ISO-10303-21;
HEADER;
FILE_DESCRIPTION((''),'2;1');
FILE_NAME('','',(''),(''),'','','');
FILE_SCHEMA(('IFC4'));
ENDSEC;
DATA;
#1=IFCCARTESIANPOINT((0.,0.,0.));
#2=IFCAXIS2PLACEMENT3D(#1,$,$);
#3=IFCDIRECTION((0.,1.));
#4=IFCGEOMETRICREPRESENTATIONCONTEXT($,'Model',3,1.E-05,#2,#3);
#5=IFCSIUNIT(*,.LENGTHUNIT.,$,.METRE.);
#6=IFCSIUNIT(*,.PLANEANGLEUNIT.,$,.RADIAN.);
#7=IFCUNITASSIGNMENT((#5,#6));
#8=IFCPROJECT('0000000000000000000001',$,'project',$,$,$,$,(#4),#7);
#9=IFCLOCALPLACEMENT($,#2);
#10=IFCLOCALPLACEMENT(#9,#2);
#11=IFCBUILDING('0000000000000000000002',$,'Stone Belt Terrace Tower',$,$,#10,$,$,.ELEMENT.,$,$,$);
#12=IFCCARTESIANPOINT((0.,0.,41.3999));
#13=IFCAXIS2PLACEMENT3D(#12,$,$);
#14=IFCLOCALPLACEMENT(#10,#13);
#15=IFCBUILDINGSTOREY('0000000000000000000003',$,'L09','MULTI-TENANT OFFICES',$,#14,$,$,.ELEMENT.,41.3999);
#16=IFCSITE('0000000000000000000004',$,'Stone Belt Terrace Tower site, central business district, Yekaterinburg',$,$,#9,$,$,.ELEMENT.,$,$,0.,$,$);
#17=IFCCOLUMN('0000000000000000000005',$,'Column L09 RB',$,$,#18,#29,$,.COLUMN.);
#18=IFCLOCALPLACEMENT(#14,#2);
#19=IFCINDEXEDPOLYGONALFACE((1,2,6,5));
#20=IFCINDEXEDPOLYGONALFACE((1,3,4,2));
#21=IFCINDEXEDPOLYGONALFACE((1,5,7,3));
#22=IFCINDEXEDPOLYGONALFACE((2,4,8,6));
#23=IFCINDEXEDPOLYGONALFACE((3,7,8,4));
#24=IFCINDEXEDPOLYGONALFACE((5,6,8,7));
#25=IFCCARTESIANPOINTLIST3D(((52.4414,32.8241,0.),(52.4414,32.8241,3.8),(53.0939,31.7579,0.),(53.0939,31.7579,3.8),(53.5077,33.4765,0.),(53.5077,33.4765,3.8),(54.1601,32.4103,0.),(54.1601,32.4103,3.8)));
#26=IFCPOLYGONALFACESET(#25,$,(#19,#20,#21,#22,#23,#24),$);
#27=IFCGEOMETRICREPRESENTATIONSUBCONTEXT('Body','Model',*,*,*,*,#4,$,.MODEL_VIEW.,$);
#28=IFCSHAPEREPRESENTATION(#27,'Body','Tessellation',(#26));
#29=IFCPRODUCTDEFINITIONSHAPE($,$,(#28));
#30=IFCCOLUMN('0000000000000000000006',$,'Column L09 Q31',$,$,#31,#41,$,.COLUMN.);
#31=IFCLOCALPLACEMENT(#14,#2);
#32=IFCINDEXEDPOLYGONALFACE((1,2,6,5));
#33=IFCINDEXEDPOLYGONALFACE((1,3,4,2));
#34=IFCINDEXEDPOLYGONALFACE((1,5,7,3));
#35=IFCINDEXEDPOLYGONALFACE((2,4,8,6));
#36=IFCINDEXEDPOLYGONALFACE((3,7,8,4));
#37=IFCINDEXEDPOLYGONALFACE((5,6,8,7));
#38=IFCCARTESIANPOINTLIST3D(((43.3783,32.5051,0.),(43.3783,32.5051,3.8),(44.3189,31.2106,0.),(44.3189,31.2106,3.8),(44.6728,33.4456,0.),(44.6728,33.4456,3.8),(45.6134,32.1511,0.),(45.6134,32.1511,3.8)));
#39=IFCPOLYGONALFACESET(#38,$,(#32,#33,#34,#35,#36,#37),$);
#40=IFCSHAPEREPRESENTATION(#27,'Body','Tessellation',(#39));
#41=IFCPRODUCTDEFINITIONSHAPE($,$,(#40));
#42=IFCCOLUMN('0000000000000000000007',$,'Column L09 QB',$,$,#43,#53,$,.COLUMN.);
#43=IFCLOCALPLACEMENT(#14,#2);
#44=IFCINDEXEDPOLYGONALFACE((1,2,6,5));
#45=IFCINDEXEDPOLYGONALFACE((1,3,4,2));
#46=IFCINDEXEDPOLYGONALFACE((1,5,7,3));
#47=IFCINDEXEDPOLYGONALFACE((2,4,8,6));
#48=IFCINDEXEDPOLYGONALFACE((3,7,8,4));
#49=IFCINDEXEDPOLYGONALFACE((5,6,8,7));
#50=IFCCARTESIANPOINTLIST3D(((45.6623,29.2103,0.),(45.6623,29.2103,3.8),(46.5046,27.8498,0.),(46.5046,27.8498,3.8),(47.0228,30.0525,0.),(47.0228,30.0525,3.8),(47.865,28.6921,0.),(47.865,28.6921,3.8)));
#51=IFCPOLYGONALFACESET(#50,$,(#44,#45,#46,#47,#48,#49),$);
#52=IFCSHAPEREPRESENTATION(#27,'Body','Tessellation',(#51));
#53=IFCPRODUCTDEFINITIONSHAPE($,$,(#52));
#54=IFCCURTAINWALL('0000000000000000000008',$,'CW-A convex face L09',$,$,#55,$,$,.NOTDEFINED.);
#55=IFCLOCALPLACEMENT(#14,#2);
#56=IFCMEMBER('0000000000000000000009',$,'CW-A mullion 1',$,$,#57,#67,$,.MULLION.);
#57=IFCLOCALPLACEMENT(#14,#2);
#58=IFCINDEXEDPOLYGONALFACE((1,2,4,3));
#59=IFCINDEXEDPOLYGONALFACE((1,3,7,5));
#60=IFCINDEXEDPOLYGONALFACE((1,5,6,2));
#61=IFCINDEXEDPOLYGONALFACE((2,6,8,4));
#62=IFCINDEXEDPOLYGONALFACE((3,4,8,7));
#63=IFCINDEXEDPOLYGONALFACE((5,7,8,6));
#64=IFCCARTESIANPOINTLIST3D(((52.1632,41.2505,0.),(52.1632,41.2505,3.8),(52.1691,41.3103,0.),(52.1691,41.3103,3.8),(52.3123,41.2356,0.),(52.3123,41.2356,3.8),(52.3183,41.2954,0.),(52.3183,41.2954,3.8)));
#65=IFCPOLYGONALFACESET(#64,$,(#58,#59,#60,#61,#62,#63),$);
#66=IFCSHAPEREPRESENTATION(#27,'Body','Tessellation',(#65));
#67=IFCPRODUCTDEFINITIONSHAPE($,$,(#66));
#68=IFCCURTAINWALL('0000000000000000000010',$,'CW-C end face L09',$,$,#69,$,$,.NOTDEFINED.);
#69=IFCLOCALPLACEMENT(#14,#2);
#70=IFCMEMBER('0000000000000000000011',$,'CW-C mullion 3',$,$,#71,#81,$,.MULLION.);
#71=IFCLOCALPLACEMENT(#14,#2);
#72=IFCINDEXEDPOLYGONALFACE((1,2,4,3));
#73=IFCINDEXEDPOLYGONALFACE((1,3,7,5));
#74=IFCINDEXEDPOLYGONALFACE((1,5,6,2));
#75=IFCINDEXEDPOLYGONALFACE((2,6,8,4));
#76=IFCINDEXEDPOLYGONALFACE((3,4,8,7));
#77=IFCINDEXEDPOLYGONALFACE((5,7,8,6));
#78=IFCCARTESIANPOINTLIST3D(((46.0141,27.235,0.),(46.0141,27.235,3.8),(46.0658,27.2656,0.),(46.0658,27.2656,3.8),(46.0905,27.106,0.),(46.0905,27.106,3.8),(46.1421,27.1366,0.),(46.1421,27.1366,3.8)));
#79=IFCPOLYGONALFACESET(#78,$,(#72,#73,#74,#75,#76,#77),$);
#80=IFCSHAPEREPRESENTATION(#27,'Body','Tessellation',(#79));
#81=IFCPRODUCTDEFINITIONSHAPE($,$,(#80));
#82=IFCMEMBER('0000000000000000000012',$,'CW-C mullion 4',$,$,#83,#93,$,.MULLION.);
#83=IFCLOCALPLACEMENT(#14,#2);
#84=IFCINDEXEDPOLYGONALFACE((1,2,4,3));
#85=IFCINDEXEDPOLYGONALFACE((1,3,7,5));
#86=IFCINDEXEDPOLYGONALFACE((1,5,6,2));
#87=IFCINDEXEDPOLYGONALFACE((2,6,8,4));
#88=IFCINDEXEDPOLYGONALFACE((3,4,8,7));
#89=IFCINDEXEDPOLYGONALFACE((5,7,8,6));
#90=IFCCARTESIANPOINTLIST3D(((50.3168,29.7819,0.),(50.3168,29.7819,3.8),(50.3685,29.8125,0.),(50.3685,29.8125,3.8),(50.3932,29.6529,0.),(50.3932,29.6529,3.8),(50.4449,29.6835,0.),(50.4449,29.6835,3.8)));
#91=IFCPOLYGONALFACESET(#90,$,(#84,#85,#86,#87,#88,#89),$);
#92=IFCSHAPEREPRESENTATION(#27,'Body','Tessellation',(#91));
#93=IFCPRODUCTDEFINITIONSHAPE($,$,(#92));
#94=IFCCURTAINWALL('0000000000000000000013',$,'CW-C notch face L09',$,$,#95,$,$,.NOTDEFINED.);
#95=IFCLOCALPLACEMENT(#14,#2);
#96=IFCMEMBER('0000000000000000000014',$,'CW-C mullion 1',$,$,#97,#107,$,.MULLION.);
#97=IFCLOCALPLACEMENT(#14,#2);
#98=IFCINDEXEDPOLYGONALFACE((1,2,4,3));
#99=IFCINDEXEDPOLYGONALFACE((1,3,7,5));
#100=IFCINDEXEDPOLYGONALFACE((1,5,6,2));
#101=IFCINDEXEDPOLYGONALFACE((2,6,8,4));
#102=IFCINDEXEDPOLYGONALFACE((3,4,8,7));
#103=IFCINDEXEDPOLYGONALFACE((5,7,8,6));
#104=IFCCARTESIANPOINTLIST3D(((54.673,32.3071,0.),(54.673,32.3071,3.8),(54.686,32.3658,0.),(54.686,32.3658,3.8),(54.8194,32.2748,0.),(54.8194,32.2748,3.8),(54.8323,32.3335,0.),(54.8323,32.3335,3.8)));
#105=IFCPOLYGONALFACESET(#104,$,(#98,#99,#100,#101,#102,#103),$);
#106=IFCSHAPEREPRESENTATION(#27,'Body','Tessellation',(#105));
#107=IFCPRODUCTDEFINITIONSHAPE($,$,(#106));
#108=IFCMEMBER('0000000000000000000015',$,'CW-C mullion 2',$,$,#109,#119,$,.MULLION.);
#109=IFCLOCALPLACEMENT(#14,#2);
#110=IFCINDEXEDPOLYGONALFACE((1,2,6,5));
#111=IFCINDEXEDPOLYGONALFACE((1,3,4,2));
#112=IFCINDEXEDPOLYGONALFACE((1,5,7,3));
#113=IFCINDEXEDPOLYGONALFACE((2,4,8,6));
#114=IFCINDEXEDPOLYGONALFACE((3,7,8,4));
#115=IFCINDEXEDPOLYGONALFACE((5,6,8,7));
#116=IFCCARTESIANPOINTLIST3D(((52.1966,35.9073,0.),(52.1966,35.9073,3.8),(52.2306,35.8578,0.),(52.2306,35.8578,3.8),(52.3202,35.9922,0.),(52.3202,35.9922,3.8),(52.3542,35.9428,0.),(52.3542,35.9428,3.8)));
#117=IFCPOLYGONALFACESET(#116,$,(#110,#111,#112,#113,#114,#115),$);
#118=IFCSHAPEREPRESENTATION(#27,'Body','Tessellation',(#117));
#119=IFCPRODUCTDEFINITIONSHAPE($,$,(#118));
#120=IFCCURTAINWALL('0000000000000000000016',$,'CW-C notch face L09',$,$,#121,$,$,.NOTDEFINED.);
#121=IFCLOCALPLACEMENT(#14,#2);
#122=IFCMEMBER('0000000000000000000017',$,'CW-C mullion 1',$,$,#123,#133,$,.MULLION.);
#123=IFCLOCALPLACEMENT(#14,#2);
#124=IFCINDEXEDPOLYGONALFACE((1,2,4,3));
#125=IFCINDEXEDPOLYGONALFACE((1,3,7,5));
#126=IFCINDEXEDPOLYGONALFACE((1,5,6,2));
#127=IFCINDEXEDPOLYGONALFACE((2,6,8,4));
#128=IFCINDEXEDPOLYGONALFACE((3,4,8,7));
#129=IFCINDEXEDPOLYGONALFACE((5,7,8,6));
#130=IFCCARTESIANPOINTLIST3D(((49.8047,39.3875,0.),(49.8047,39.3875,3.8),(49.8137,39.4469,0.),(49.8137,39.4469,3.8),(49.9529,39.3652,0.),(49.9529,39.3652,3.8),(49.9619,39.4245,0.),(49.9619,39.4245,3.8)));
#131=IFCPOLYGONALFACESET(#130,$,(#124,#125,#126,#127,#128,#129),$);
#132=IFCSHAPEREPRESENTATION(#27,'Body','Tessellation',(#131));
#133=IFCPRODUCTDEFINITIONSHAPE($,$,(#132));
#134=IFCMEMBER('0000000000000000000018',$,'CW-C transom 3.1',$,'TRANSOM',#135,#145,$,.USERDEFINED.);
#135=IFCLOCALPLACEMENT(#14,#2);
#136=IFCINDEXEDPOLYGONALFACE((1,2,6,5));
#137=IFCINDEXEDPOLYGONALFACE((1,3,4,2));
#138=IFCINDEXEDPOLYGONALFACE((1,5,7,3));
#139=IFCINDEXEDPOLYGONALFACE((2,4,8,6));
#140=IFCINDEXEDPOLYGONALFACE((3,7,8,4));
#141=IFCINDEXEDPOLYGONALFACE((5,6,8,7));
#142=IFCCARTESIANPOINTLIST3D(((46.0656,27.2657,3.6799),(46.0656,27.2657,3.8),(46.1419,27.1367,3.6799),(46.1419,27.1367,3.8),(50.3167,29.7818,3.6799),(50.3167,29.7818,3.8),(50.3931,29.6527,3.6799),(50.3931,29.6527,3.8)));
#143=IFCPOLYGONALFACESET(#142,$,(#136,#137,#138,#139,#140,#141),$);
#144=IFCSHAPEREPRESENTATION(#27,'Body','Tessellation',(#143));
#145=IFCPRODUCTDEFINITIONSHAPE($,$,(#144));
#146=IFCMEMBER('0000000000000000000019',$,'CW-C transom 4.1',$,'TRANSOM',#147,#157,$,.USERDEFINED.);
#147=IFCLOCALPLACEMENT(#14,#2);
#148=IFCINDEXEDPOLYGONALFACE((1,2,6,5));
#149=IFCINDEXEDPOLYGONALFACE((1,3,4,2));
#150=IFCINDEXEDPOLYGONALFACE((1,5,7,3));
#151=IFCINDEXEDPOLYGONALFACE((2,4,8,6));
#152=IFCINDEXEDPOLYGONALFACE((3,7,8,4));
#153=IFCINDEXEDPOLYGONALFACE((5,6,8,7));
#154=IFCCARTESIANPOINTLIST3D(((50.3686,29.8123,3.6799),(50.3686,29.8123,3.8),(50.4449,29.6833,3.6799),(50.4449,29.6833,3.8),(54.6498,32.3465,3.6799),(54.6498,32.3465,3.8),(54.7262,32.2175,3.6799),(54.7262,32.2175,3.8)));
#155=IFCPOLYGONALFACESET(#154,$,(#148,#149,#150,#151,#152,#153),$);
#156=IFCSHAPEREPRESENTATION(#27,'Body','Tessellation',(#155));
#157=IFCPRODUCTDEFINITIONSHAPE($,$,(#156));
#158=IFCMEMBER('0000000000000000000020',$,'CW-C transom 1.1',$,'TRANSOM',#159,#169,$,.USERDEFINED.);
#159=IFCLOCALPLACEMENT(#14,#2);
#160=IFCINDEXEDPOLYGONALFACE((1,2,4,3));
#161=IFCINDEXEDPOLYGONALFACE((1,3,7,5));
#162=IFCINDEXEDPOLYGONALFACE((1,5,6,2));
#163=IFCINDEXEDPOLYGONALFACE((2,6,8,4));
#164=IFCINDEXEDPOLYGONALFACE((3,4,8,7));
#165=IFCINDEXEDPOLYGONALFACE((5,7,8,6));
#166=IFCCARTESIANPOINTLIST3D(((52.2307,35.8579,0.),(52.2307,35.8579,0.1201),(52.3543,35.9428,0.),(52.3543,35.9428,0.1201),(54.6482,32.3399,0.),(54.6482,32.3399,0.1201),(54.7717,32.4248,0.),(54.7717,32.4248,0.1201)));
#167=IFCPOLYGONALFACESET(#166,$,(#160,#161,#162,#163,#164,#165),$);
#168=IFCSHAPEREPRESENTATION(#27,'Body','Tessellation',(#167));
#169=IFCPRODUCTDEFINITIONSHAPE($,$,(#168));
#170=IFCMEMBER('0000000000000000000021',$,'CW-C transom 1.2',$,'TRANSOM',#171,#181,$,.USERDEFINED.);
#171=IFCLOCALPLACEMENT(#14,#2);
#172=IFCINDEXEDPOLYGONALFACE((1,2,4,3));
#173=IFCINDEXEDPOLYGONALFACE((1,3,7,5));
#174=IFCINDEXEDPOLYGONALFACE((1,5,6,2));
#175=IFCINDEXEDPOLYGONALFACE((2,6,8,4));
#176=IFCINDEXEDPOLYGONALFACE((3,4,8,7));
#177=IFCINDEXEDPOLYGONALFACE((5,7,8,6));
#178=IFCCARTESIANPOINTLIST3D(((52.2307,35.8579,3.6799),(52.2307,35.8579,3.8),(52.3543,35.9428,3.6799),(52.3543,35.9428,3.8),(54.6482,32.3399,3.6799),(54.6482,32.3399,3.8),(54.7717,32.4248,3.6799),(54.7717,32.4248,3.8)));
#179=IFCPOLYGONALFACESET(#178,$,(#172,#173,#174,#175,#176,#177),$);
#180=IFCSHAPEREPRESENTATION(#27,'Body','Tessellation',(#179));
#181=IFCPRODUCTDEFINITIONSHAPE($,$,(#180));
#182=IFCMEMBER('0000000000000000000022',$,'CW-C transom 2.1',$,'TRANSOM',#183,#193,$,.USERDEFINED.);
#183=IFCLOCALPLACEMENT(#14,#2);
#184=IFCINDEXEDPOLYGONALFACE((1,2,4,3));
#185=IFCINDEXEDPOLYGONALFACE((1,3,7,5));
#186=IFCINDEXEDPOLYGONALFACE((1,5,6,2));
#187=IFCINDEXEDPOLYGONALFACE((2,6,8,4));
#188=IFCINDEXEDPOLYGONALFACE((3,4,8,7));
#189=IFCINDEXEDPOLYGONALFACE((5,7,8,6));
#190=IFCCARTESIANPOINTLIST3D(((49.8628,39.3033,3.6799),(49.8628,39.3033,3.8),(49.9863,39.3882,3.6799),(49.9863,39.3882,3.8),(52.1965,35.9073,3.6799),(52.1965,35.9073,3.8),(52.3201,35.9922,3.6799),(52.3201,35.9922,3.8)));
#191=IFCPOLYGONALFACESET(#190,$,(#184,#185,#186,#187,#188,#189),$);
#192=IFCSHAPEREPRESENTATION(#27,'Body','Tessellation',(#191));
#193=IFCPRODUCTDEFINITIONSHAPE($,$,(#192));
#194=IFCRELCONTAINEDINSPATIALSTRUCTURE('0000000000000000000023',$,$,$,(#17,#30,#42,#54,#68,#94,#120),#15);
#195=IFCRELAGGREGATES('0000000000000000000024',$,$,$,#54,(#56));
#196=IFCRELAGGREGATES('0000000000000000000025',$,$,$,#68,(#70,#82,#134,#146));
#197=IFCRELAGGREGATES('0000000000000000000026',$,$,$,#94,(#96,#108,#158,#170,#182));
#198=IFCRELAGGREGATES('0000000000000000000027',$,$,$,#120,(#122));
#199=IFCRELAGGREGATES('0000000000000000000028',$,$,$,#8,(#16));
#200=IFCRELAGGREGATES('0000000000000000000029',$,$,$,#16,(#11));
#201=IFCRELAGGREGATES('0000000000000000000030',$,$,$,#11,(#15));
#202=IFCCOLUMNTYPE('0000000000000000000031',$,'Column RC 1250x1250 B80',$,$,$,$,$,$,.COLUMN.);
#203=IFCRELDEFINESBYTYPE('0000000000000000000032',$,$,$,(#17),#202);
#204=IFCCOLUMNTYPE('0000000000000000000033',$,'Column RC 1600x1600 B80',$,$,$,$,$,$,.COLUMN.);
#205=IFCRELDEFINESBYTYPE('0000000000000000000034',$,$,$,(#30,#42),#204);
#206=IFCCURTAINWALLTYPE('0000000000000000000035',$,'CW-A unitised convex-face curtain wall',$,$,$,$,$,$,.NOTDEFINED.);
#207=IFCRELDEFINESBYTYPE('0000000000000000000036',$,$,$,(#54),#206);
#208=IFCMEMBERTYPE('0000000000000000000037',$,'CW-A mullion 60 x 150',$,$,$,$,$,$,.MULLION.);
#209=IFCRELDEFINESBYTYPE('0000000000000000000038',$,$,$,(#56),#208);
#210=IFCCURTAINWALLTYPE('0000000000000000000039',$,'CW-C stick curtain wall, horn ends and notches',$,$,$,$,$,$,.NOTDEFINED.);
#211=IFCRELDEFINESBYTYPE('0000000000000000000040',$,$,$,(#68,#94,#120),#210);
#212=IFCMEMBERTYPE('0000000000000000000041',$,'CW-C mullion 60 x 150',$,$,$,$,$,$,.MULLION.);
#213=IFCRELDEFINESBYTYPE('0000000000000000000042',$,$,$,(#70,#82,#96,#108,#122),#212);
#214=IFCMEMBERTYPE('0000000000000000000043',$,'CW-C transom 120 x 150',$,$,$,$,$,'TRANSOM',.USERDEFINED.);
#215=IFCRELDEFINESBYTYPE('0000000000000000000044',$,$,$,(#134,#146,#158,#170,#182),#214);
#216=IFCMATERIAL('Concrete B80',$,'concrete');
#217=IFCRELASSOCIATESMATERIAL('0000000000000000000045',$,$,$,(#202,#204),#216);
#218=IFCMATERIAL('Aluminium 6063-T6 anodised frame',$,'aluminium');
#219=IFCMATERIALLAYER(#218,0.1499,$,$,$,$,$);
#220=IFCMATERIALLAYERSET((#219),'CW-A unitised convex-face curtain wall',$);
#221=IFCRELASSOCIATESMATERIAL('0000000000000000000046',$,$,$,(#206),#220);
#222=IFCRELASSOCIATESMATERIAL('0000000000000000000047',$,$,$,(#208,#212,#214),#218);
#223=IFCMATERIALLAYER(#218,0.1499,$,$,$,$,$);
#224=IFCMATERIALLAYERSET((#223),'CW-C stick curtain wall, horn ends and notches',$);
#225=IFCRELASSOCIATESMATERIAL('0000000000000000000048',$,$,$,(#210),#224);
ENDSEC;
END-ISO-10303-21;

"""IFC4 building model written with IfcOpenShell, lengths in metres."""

from ifc_helpers import new_model, si_unit, direction, frame, origin, origin_2d, place, context, subcontext, project, spatial, rectangle, extrude, material, layer, layer_set, material_profile, profile_set, type_object, element, aggregate, save


model = new_model("IFC4")

# Units and contexts
model_context = context("Model", 3, precision=1e-05, world=origin(), true_north=direction((0.0, 1.0)))
body_context = subcontext(model_context, "Body", "Model", "MODEL_VIEW")
ifc_project = project(units=[si_unit("LENGTHUNIT", "METRE"), si_unit("PLANEANGLEUNIT", "RADIAN")], contexts=[model_context])

# Site, building, storey
site_placement = place(None, origin())
site = spatial("IfcSite", under=ifc_project, at=site_placement, Name="Stone Belt Terrace Tower site, central business district, Yekaterinburg", CompositionType="ELEMENT", RefElevation=0.0)
building_placement = place(site_placement, origin())
building = spatial("IfcBuilding", under=site, at=building_placement, Name="Stone Belt Terrace Tower", CompositionType="ELEMENT")
storey_placement = place(building_placement, frame((0.0, 0.0, 41.3999)))
storey = spatial("IfcBuildingStorey", under=building, at=storey_placement, Name="L09", Description="MULTI-TENANT OFFICES", CompositionType="ELEMENT", Elevation=41.3999)

# Columns
ifc_material_1 = material(Name="Concrete B80", Category="concrete")
ifc_material_profile_1 = material_profile(ifc_material_1, rectangle(XDim=1.25, YDim=1.25, at=origin_2d()), Name="RC 1250x1250")
ifc_profile_set_1 = profile_set([ifc_material_profile_1], Name="Concrete B80")
column_type_1 = type_object("IfcColumnType", Name="Column RC 1250x1250 B80", PredefinedType="COLUMN", material=ifc_profile_set_1)
column_placement = place(storey_placement, frame((53.3008, 32.6172, 0.0), z_axis=(0.0, 0.0, 1.0), x_axis=(0.521967, -0.852966, 0.0)))
element("IfcColumn", 1, at=column_placement, inside=storey, type_object=column_type_1, Name="Column L09 RB", PredefinedType="COLUMN", context=body_context, shape_type="SweptSolid", body=[
    extrude(rectangle(XDim=1.25, YDim=1.25, at=origin_2d()), origin(), (0.0, 0.0, 1.0), 3.8),
])
ifc_material_profile_2 = material_profile(ifc_material_1, rectangle(XDim=1.6001, YDim=1.6001, at=origin_2d()), Name="RC 1600x1600")
ifc_profile_set_2 = profile_set([ifc_material_profile_2], Name="Concrete B80")
column_type_2 = type_object("IfcColumnType", Name="Column RC 1600x1600 B80", PredefinedType="COLUMN", material=ifc_profile_set_2)
for number, where, z_axis, x_axis, name in (
    (2, (44.4958, 32.3281, 0.0), (0.0, 0.0, 1.0), (0.587785, -0.809017, 0.0), "Column L09 Q31"),
    (3, (46.7637, 28.9512, 0.0), (0.0, 0.0, 1.0), (0.526383, -0.850248, 0.0), "Column L09 QB"),
):
    element("IfcColumn", number, at=place(storey_placement, frame(where, z_axis=z_axis, x_axis=x_axis)), inside=storey, type_object=column_type_2, Name=name, PredefinedType="COLUMN", context=body_context, shape_type="SweptSolid", body=[
        extrude(rectangle(XDim=1.6001, YDim=1.6001, at=origin_2d()), origin(), (0.0, 0.0, 1.0), 3.8),
    ])

# Curtain wall, member
ifc_material_2 = material(Name="Aluminium 6063-T6 anodised frame", Category="aluminium")
ifc_layer_1 = layer(ifc_material_2, 0.1499)
ifc_layer_set_1 = layer_set([ifc_layer_1], Name="CW-A unitised convex-face curtain wall")
curtain_wall_type_1 = type_object("IfcCurtainWallType", Name="CW-A unitised convex-face curtain wall", PredefinedType="NOTDEFINED", material=ifc_layer_set_1)
curtain_wall_1_placement = place(storey_placement, origin())
curtain_wall_1 = element("IfcCurtainWall", 4, at=curtain_wall_1_placement, inside=storey, type_object=curtain_wall_type_1, Name="CW-A convex face L09", PredefinedType="NOTDEFINED")
ifc_material_profile_3 = material_profile(ifc_material_2, rectangle(XDim=0.1499, YDim=0.0601, at=origin_2d()), Name="Aluminium 6063-T6 60x150")
ifc_profile_set_3 = profile_set([ifc_material_profile_3], Name="Aluminium 6063-T6 anodised frame")
member_type_1 = type_object("IfcMemberType", Name="CW-A mullion 60 x 150", PredefinedType="MULLION", material=ifc_profile_set_3)
member_1_placement = place(storey_placement, frame((52.2407, 41.2729, 0.0), z_axis=(0.0, 0.0, 1.0), x_axis=(-0.995023, 0.099645, 0.0)))
member_1 = element("IfcMember", 5, at=member_1_placement, type_object=member_type_1, Name="CW-A mullion 1", PredefinedType="MULLION", context=body_context, shape_type="SweptSolid", body=[
    extrude(rectangle(XDim=0.1499, YDim=0.0601, at=origin_2d()), origin(), (0.0, 0.0, 1.0), 3.8),
])
aggregate(curtain_wall_1, [member_1])

# Curtain walls, members
ifc_layer_2 = layer(ifc_material_2, 0.1499)
ifc_layer_set_2 = layer_set([ifc_layer_2], Name="CW-C stick curtain wall, horn ends and notches")
curtain_wall_type_2 = type_object("IfcCurtainWallType", Name="CW-C stick curtain wall, horn ends and notches", PredefinedType="NOTDEFINED", material=ifc_layer_set_2)
curtain_wall_2_placement = place(storey_placement, origin())
curtain_wall_2 = element("IfcCurtainWall", 6, at=curtain_wall_2_placement, inside=storey, type_object=curtain_wall_type_2, Name="CW-C end face L09", PredefinedType="NOTDEFINED")
ifc_material_profile_4 = material_profile(ifc_material_2, rectangle(XDim=0.1499, YDim=0.0601, at=origin_2d()), Name="Aluminium 6063-T6 60x150")
ifc_profile_set_4 = profile_set([ifc_material_profile_4], Name="Aluminium 6063-T6 anodised frame")
member_type_2 = type_object("IfcMemberType", Name="CW-C mullion 60 x 150", PredefinedType="MULLION", material=ifc_profile_set_4)
member_2_placement = place(storey_placement, frame((46.0781, 27.1858, 0.0), z_axis=(0.0, 0.0, 1.0), x_axis=(-0.509353, 0.860558, 0.0)))
member_2 = element("IfcMember", 7, at=member_2_placement, type_object=member_type_2, Name="CW-C mullion 3", PredefinedType="MULLION", context=body_context, shape_type="SweptSolid", body=[
    extrude(rectangle(XDim=0.1499, YDim=0.0601, at=origin_2d()), origin(), (0.0, 0.0, 1.0), 3.8),
])
member_3_placement = place(storey_placement, frame((50.3809, 29.7327, 0.0), z_axis=(0.0, 0.0, 1.0), x_axis=(-0.509353, 0.860558, 0.0)))
member_3 = element("IfcMember", 8, at=member_3_placement, type_object=member_type_2, Name="CW-C mullion 4", PredefinedType="MULLION", context=body_context, shape_type="SweptSolid", body=[
    extrude(rectangle(XDim=0.1499, YDim=0.0601, at=origin_2d()), origin(), (0.0, 0.0, 1.0), 3.8),
])
curtain_wall_3_placement = place(storey_placement, origin())
curtain_wall_3 = element("IfcCurtainWall", 9, at=curtain_wall_3_placement, inside=storey, type_object=curtain_wall_type_2, Name="CW-C notch face L09", PredefinedType="NOTDEFINED")
member_4_placement = place(storey_placement, frame((54.7527, 32.3203, 0.0), z_axis=(0.0, 0.0, 1.0), x_axis=(-0.97652, 0.215429, 0.0)))
member_4 = element("IfcMember", 10, at=member_4_placement, type_object=member_type_2, Name="CW-C mullion 1", PredefinedType="MULLION", context=body_context, shape_type="SweptSolid", body=[
    extrude(rectangle(XDim=0.1499, YDim=0.0601, at=origin_2d()), origin(), (0.0, 0.0, 1.0), 3.8),
])
member_5_placement = place(storey_placement, frame((52.2754, 35.925, 0.0), z_axis=(0.0, 0.0, 1.0), x_axis=(-0.824147, -0.566376, 0.0)))
member_5 = element("IfcMember", 11, at=member_5_placement, type_object=member_type_2, Name="CW-C mullion 2", PredefinedType="MULLION", context=body_context, shape_type="SweptSolid", body=[
    extrude(rectangle(XDim=0.1499, YDim=0.0601, at=origin_2d()), origin(), (0.0, 0.0, 1.0), 3.8),
])

# Curtain wall, member
curtain_wall_4_placement = place(storey_placement, origin())
curtain_wall_4 = element("IfcCurtainWall", 12, at=curtain_wall_4_placement, inside=storey, type_object=curtain_wall_type_2, Name="CW-C notch face L09", PredefinedType="NOTDEFINED")
member_6_placement = place(storey_placement, frame((49.8833, 39.406, 0.0), z_axis=(0.0, 0.0, 1.0), x_axis=(-0.988851, 0.148906, 0.0)))
member_6 = element("IfcMember", 13, at=member_6_placement, type_object=member_type_2, Name="CW-C mullion 1", PredefinedType="MULLION", context=body_context, shape_type="SweptSolid", body=[
    extrude(rectangle(XDim=0.1499, YDim=0.0601, at=origin_2d()), origin(), (0.0, 0.0, 1.0), 3.8),
])

# Members
ifc_material_profile_5 = material_profile(ifc_material_2, rectangle(XDim=0.1499, YDim=0.1201, at=origin_2d()), Name="Aluminium 6063-T6 150x120")
ifc_profile_set_5 = profile_set([ifc_material_profile_5], Name="Aluminium 6063-T6 anodised frame")
member_type_3 = type_object("IfcMemberType", Name="CW-C transom 120 x 150", ElementType="TRANSOM", PredefinedType="USERDEFINED", material=ifc_profile_set_5)
member_7_placement = place(storey_placement, frame((46.1038, 27.2012, 3.74), z_axis=(0.860569, 0.509334, 0.0), x_axis=(-0.509334, 0.860569, 0.0)))
member_7 = element("IfcMember", 14, at=member_7_placement, type_object=member_type_3, Name="CW-C transom 3.1", ObjectType="TRANSOM", PredefinedType="USERDEFINED", context=body_context, shape_type="SweptSolid", body=[
    extrude(rectangle(XDim=0.1499, YDim=0.1201, at=origin_2d()), origin(), (0.0, 0.0, 1.0), 4.9399),
])
member_8_placement = place(storey_placement, frame((50.4067, 29.7478, 3.74), z_axis=(0.860543, 0.509377, 0.0), x_axis=(-0.509377, 0.860543, 0.0)))
member_8 = element("IfcMember", 15, at=member_8_placement, type_object=member_type_3, Name="CW-C transom 4.1", ObjectType="TRANSOM", PredefinedType="USERDEFINED", context=body_context, shape_type="SweptSolid", body=[
    extrude(rectangle(XDim=0.1499, YDim=0.1201, at=origin_2d()), origin(), (0.0, 0.0, 1.0), 4.9751),
])
member_9_placement = place(storey_placement, frame((54.71, 32.3823, 0.0601), z_axis=(-0.566339, 0.824172, 0.0), x_axis=(-0.824172, -0.566339, 0.0)))
member_9 = element("IfcMember", 16, at=member_9_placement, type_object=member_type_3, Name="CW-C transom 1.1", ObjectType="TRANSOM", PredefinedType="USERDEFINED", context=body_context, shape_type="SweptSolid", body=[
    extrude(rectangle(XDim=0.1499, YDim=0.1201, at=origin_2d()), origin(), (0.0, 0.0, 1.0), 4.2686),
])
member_10_placement = place(storey_placement, frame((54.71, 32.3823, 3.74), z_axis=(-0.566339, 0.824172, 0.0), x_axis=(-0.824172, -0.566339, 0.0)))
member_10 = element("IfcMember", 17, at=member_10_placement, type_object=member_type_3, Name="CW-C transom 1.2", ObjectType="TRANSOM", PredefinedType="USERDEFINED", context=body_context, shape_type="SweptSolid", body=[
    extrude(rectangle(XDim=0.1499, YDim=0.1201, at=origin_2d()), origin(), (0.0, 0.0, 1.0), 4.2686),
])
member_11_placement = place(storey_placement, frame((52.2583, 35.9497, 3.74), z_axis=(-0.566363, 0.824156, 0.0), x_axis=(-0.824156, -0.566363, 0.0)))
member_11 = element("IfcMember", 18, at=member_11_placement, type_object=member_type_3, Name="CW-C transom 2.1", ObjectType="TRANSOM", PredefinedType="USERDEFINED", context=body_context, shape_type="SweptSolid", body=[
    extrude(rectangle(XDim=0.1499, YDim=0.1201, at=origin_2d()), origin(), (0.0, 0.0, 1.0), 4.1206),
])

aggregate(curtain_wall_2, [member_2, member_3, member_7, member_8])
aggregate(curtain_wall_3, [member_4, member_5, member_9, member_10, member_11])
aggregate(curtain_wall_4, [member_6])

save(model, "model.ifc")
